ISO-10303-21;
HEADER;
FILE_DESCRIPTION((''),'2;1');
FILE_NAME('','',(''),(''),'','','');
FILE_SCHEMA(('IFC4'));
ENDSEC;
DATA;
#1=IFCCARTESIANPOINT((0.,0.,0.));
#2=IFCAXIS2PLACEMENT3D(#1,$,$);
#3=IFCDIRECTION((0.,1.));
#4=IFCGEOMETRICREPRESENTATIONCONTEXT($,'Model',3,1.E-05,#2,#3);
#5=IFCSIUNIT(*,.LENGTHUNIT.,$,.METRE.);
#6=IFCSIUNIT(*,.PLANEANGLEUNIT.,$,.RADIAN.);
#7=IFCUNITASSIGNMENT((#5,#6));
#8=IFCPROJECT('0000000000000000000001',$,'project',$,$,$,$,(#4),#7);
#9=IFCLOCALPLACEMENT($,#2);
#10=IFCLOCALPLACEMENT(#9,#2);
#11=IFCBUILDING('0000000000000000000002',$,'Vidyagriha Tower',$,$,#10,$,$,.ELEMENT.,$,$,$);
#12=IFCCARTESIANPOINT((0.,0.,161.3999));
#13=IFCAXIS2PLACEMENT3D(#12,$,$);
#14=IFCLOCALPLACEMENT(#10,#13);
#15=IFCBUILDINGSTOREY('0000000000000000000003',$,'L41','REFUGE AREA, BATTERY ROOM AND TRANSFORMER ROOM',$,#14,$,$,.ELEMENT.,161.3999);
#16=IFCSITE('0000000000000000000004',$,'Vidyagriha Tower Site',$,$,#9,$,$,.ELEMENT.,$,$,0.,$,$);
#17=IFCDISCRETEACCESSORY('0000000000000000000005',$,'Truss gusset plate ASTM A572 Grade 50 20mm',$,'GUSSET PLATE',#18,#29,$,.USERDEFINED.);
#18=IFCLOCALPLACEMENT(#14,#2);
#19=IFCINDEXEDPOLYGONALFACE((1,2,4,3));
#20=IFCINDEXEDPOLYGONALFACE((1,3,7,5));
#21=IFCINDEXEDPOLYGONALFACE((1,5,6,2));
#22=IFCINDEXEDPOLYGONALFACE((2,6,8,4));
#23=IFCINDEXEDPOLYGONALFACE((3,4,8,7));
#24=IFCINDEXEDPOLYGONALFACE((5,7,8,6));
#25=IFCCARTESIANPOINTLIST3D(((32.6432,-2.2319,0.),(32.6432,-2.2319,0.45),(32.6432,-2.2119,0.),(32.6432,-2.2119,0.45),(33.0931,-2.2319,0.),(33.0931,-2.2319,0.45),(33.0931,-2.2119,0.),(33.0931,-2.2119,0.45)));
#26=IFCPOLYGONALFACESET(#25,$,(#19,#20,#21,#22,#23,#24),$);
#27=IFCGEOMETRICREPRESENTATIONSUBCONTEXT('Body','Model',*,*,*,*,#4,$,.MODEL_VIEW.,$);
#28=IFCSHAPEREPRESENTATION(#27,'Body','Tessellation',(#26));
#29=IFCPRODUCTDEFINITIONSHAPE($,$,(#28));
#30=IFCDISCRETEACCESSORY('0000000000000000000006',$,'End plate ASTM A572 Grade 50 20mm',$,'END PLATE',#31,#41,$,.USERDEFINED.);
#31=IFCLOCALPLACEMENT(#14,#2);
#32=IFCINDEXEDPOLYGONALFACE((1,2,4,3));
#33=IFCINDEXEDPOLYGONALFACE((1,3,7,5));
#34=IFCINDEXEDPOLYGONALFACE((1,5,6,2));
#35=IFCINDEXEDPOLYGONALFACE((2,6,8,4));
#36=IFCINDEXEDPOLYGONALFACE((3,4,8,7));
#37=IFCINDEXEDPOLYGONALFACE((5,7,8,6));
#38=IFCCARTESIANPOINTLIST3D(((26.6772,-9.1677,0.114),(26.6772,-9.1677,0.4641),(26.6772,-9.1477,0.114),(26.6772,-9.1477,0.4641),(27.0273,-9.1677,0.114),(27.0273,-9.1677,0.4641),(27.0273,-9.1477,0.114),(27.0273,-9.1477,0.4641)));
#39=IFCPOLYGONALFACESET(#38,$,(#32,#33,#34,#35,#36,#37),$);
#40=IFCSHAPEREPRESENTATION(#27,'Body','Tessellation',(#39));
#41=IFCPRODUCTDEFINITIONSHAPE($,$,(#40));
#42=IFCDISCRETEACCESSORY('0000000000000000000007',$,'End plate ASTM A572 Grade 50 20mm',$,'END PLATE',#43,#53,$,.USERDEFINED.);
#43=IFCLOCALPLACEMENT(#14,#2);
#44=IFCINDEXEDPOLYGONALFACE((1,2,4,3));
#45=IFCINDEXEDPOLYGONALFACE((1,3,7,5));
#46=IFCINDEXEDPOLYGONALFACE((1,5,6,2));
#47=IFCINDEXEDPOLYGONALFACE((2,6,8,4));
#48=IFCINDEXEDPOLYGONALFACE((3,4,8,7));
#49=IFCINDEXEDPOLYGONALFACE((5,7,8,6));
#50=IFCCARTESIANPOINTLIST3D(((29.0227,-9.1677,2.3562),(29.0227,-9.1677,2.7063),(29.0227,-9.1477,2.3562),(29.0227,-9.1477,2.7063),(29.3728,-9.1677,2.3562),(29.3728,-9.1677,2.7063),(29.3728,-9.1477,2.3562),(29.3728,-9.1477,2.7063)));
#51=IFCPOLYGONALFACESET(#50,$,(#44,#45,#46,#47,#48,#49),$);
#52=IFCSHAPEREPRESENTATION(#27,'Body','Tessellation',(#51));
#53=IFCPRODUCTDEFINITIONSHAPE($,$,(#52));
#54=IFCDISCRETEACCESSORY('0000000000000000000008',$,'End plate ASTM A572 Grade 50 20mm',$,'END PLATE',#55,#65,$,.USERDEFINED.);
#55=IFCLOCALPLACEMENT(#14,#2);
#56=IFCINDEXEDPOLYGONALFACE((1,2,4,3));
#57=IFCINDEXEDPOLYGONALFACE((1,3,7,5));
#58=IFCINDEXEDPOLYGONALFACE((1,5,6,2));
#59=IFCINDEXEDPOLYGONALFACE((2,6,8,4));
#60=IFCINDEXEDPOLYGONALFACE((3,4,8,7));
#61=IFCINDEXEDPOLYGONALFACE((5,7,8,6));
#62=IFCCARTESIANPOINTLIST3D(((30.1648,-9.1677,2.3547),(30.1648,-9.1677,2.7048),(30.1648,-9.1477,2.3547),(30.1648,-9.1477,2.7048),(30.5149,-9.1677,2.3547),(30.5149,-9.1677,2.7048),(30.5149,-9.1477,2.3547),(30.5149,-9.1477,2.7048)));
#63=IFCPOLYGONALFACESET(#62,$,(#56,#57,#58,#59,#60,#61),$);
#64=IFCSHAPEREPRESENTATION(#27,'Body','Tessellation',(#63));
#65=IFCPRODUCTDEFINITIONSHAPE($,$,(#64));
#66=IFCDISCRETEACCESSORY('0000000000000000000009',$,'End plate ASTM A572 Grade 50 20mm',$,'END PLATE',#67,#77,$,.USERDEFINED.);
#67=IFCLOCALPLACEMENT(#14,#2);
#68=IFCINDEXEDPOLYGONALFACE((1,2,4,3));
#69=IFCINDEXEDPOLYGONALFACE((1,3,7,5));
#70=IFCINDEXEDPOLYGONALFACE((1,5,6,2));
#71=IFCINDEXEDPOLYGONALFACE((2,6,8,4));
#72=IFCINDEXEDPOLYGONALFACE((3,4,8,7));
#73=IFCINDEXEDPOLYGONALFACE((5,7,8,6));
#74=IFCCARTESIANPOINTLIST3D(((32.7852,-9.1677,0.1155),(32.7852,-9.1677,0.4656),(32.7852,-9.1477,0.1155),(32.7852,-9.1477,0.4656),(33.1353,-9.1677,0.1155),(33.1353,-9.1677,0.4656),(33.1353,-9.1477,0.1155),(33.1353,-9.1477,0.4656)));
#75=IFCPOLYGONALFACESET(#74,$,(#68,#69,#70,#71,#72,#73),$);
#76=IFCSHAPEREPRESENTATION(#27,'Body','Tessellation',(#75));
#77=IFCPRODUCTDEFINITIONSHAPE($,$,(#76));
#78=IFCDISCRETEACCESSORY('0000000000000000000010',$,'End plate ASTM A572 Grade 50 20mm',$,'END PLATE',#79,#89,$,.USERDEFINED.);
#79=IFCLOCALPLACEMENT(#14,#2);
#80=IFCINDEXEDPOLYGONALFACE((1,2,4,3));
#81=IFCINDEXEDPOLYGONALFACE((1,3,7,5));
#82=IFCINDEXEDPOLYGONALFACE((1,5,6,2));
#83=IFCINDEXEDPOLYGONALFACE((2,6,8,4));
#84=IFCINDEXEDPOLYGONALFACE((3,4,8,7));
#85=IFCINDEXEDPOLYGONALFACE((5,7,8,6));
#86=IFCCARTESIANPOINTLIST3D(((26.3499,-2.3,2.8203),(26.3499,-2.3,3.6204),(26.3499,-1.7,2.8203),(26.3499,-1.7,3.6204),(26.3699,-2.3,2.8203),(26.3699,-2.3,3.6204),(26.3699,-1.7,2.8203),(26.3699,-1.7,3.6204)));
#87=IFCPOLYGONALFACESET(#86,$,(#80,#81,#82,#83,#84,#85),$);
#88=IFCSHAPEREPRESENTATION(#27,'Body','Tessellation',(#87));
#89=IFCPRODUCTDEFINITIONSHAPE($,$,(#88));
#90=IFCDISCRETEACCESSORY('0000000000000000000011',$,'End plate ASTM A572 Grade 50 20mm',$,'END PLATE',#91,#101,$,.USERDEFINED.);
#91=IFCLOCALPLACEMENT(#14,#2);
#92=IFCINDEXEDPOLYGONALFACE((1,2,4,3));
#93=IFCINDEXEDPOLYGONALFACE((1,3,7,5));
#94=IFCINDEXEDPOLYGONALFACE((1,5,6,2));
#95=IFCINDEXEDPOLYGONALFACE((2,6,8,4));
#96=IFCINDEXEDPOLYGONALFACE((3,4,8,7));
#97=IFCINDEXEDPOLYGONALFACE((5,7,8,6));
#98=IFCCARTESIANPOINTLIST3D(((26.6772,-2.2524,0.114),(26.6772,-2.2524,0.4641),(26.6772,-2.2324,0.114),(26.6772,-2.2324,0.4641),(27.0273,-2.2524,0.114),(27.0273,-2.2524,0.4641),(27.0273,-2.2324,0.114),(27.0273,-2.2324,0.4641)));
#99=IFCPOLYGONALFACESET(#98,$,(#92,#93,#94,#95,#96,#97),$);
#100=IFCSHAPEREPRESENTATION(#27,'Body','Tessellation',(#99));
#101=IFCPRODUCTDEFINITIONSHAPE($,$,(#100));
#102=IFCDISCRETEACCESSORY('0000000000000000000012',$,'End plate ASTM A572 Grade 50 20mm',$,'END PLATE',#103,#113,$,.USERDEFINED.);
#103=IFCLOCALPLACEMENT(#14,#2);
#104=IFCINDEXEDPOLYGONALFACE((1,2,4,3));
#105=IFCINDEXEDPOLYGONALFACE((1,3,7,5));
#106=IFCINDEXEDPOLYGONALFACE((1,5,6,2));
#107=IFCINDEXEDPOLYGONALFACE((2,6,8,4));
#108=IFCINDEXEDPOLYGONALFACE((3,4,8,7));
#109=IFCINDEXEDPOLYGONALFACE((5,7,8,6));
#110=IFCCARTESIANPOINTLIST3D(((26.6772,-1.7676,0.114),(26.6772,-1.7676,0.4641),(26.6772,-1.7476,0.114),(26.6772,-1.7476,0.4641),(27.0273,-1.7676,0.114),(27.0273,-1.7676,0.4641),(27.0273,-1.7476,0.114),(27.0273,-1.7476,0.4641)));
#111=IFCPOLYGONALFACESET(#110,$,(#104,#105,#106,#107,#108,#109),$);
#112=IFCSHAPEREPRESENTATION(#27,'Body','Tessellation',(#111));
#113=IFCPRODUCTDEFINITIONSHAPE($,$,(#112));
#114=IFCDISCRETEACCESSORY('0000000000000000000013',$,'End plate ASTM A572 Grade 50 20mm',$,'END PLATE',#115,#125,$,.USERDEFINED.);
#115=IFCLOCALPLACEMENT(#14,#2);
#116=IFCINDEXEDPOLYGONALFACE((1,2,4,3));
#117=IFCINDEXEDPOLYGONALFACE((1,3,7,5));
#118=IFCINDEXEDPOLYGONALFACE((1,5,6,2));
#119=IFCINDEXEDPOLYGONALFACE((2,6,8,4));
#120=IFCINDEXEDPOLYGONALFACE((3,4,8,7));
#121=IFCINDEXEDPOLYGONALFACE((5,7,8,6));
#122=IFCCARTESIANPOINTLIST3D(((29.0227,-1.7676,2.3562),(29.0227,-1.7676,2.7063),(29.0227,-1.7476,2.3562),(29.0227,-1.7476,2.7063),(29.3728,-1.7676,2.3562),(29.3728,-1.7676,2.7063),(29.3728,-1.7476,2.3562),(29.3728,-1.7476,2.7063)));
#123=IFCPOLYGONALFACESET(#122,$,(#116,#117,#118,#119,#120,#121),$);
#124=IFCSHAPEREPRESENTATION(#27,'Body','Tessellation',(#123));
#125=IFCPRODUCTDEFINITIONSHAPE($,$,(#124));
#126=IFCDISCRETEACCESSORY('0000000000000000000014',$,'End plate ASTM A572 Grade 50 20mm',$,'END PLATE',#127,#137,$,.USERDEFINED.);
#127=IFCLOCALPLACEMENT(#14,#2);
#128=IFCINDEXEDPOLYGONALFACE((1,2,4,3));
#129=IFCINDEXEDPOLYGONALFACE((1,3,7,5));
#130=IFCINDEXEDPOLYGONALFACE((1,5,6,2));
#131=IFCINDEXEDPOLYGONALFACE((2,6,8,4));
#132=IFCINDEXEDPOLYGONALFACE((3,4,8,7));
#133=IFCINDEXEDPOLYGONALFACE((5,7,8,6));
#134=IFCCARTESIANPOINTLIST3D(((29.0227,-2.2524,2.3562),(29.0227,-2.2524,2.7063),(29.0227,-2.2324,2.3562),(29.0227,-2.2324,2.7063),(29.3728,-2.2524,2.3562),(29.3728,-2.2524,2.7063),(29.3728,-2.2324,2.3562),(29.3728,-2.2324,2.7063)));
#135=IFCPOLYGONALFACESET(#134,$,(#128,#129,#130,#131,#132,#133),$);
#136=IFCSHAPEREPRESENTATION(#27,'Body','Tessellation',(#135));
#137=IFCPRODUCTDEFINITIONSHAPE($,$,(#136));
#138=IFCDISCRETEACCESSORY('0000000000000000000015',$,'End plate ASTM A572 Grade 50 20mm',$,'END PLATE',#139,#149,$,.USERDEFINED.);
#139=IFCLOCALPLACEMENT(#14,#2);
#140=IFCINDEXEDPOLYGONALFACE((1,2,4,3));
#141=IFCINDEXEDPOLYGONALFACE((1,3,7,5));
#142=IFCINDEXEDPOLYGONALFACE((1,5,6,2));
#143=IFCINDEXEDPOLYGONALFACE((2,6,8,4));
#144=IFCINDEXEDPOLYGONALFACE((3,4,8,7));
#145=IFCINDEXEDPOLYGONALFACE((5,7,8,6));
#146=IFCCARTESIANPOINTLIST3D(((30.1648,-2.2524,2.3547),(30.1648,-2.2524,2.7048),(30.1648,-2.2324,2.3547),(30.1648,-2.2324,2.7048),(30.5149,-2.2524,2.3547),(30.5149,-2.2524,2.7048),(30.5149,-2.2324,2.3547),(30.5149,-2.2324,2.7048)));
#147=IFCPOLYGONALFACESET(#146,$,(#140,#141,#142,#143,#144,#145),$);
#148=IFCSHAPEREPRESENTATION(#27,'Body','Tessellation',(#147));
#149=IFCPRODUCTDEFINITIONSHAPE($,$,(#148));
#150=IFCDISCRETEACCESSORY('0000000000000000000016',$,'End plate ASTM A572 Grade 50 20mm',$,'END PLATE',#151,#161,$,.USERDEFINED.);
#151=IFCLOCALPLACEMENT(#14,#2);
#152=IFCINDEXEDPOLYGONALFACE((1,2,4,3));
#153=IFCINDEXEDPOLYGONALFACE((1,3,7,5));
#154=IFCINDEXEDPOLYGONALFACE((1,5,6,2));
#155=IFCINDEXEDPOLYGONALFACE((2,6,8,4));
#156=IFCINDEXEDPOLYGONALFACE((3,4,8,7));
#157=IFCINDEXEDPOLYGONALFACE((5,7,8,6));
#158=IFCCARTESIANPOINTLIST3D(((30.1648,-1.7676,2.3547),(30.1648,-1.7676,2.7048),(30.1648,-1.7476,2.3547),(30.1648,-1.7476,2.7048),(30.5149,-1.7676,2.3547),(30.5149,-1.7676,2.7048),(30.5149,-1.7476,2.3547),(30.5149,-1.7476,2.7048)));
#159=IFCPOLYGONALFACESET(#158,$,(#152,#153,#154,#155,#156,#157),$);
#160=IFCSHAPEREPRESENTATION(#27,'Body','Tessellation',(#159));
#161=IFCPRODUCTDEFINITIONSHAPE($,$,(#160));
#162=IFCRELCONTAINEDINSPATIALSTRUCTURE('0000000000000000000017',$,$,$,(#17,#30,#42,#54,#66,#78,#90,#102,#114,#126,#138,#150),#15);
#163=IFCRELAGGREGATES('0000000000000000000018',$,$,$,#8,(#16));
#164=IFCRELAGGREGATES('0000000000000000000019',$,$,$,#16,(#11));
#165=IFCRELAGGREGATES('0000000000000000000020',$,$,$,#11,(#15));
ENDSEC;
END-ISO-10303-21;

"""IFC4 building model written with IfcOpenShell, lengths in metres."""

from ifc_helpers import new_model, si_unit, direction, frame, origin, origin_2d, place, context, subcontext, project, spatial, rectangle, extrude, element, save


model = new_model("IFC4")

# Units and contexts
model_context = context("Model", 3, precision=1e-05, world=origin(), true_north=direction((0.0, 1.0)))
body_context = subcontext(model_context, "Body", "Model", "MODEL_VIEW")
ifc_project = project(units=[si_unit("LENGTHUNIT", "METRE"), si_unit("PLANEANGLEUNIT", "RADIAN")], contexts=[model_context])

# Site, building, storey
site_placement = place(None, origin())
site = spatial("IfcSite", under=ifc_project, at=site_placement, Name="Vidyagriha Tower Site", CompositionType="ELEMENT", RefElevation=0.0)
building_placement = place(site_placement, origin())
building = spatial("IfcBuilding", under=site, at=building_placement, Name="Vidyagriha Tower", CompositionType="ELEMENT")
storey_placement = place(building_placement, frame((0.0, 0.0, 161.3999)))
storey = spatial("IfcBuildingStorey", under=building, at=storey_placement, Name="L41", Description="REFUGE AREA, BATTERY ROOM AND TRANSFORMER ROOM", CompositionType="ELEMENT", Elevation=161.3999)

# Discrete accessories
for number, where, name in (
    (1, (32.8682, -2.2219, 0.0), "Truss gusset plate ASTM A572 Grade 50 20mm"),
):
    element("IfcDiscreteAccessory", number, at=place(storey_placement, frame(where)), inside=storey, Name=name, ObjectType="GUSSET PLATE", PredefinedType="USERDEFINED", context=body_context, shape_type="SweptSolid", body=[
        extrude(rectangle(XDim=0.45, YDim=0.02, at=origin_2d()), origin(), (0.0, 0.0, 1.0), 0.45),
    ])
discrete_accessory_1_placement = place(storey_placement, frame((26.8523, -9.1577, 0.114), z_axis=(0.0, 0.0, 1.0), x_axis=(-1.0, 0.0, 0.0)))
element("IfcDiscreteAccessory", 2, at=discrete_accessory_1_placement, inside=storey, Name="End plate ASTM A572 Grade 50 20mm", ObjectType="END PLATE", PredefinedType="USERDEFINED", context=body_context, shape_type="SweptSolid", body=[
    extrude(rectangle(XDim=0.3501, YDim=0.02, at=origin_2d()), origin(), (0.0, 0.0, 1.0), 0.3501),
])
discrete_accessory_2_placement = place(storey_placement, frame((29.1978, -9.1577, 2.3562)))
element("IfcDiscreteAccessory", 3, at=discrete_accessory_2_placement, inside=storey, Name="End plate ASTM A572 Grade 50 20mm", ObjectType="END PLATE", PredefinedType="USERDEFINED", context=body_context, shape_type="SweptSolid", body=[
    extrude(rectangle(XDim=0.3501, YDim=0.02, at=origin_2d()), origin(), (0.0, 0.0, 1.0), 0.3501),
])
discrete_accessory_3_placement = place(storey_placement, frame((30.3398, -9.1577, 2.3547), z_axis=(0.0, 0.0, 1.0), x_axis=(-1.0, 0.0, 0.0)))
element("IfcDiscreteAccessory", 4, at=discrete_accessory_3_placement, inside=storey, Name="End plate ASTM A572 Grade 50 20mm", ObjectType="END PLATE", PredefinedType="USERDEFINED", context=body_context, shape_type="SweptSolid", body=[
    extrude(rectangle(XDim=0.3501, YDim=0.02, at=origin_2d()), origin(), (0.0, 0.0, 1.0), 0.3501),
])
discrete_accessory_4_placement = place(storey_placement, frame((32.9602, -9.1577, 0.1155)))
element("IfcDiscreteAccessory", 5, at=discrete_accessory_4_placement, inside=storey, Name="End plate ASTM A572 Grade 50 20mm", ObjectType="END PLATE", PredefinedType="USERDEFINED", context=body_context, shape_type="SweptSolid", body=[
    extrude(rectangle(XDim=0.3501, YDim=0.02, at=origin_2d()), origin(), (0.0, 0.0, 1.0), 0.3501),
])
discrete_accessory_5_placement = place(storey_placement, frame((26.3599, -2.0, 2.8203), z_axis=(0.0, 0.0, 1.0), x_axis=(-1.0, 0.0, 0.0)))
element("IfcDiscreteAccessory", 6, at=discrete_accessory_5_placement, inside=storey, Name="End plate ASTM A572 Grade 50 20mm", ObjectType="END PLATE", PredefinedType="USERDEFINED", context=body_context, shape_type="SweptSolid", body=[
    extrude(rectangle(XDim=0.02, YDim=0.6001, at=origin_2d()), origin(), (0.0, 0.0, 1.0), 0.8),
])
for number, where, z_axis, x_axis, name in (
    (7, (26.8523, -2.2424, 0.114), (0.0, 0.0, 1.0), (-1.0, 0.0, 0.0), "End plate ASTM A572 Grade 50 20mm"),
    (8, (26.8523, -1.7576, 0.114), (0.0, 0.0, 1.0), (-1.0, 0.0, 0.0), "End plate ASTM A572 Grade 50 20mm"),
):
    element("IfcDiscreteAccessory", number, at=place(storey_placement, frame(where, z_axis=z_axis, x_axis=x_axis)), inside=storey, Name=name, ObjectType="END PLATE", PredefinedType="USERDEFINED", context=body_context, shape_type="SweptSolid", body=[
        extrude(rectangle(XDim=0.3501, YDim=0.02, at=origin_2d()), origin(), (0.0, 0.0, 1.0), 0.3501),
    ])
for number, where, name in (
    (9, (29.1978, -1.7576, 2.3562), "End plate ASTM A572 Grade 50 20mm"),
    (10, (29.1978, -2.2424, 2.3562), "End plate ASTM A572 Grade 50 20mm"),
):
    element("IfcDiscreteAccessory", number, at=place(storey_placement, frame(where)), inside=storey, Name=name, ObjectType="END PLATE", PredefinedType="USERDEFINED", context=body_context, shape_type="SweptSolid", body=[
        extrude(rectangle(XDim=0.3501, YDim=0.02, at=origin_2d()), origin(), (0.0, 0.0, 1.0), 0.3501),
    ])
for number, where, z_axis, x_axis, name in (
    (11, (30.3398, -2.2424, 2.3547), (0.0, 0.0, 1.0), (-1.0, 0.0, 0.0), "End plate ASTM A572 Grade 50 20mm"),
    (12, (30.3398, -1.7576, 2.3547), (0.0, 0.0, 1.0), (-1.0, 0.0, 0.0), "End plate ASTM A572 Grade 50 20mm"),
):
    element("IfcDiscreteAccessory", number, at=place(storey_placement, frame(where, z_axis=z_axis, x_axis=x_axis)), inside=storey, Name=name, ObjectType="END PLATE", PredefinedType="USERDEFINED", context=body_context, shape_type="SweptSolid", body=[
        extrude(rectangle(XDim=0.3501, YDim=0.02, at=origin_2d()), origin(), (0.0, 0.0, 1.0), 0.3501),
    ])

save(model, "model.ifc")
